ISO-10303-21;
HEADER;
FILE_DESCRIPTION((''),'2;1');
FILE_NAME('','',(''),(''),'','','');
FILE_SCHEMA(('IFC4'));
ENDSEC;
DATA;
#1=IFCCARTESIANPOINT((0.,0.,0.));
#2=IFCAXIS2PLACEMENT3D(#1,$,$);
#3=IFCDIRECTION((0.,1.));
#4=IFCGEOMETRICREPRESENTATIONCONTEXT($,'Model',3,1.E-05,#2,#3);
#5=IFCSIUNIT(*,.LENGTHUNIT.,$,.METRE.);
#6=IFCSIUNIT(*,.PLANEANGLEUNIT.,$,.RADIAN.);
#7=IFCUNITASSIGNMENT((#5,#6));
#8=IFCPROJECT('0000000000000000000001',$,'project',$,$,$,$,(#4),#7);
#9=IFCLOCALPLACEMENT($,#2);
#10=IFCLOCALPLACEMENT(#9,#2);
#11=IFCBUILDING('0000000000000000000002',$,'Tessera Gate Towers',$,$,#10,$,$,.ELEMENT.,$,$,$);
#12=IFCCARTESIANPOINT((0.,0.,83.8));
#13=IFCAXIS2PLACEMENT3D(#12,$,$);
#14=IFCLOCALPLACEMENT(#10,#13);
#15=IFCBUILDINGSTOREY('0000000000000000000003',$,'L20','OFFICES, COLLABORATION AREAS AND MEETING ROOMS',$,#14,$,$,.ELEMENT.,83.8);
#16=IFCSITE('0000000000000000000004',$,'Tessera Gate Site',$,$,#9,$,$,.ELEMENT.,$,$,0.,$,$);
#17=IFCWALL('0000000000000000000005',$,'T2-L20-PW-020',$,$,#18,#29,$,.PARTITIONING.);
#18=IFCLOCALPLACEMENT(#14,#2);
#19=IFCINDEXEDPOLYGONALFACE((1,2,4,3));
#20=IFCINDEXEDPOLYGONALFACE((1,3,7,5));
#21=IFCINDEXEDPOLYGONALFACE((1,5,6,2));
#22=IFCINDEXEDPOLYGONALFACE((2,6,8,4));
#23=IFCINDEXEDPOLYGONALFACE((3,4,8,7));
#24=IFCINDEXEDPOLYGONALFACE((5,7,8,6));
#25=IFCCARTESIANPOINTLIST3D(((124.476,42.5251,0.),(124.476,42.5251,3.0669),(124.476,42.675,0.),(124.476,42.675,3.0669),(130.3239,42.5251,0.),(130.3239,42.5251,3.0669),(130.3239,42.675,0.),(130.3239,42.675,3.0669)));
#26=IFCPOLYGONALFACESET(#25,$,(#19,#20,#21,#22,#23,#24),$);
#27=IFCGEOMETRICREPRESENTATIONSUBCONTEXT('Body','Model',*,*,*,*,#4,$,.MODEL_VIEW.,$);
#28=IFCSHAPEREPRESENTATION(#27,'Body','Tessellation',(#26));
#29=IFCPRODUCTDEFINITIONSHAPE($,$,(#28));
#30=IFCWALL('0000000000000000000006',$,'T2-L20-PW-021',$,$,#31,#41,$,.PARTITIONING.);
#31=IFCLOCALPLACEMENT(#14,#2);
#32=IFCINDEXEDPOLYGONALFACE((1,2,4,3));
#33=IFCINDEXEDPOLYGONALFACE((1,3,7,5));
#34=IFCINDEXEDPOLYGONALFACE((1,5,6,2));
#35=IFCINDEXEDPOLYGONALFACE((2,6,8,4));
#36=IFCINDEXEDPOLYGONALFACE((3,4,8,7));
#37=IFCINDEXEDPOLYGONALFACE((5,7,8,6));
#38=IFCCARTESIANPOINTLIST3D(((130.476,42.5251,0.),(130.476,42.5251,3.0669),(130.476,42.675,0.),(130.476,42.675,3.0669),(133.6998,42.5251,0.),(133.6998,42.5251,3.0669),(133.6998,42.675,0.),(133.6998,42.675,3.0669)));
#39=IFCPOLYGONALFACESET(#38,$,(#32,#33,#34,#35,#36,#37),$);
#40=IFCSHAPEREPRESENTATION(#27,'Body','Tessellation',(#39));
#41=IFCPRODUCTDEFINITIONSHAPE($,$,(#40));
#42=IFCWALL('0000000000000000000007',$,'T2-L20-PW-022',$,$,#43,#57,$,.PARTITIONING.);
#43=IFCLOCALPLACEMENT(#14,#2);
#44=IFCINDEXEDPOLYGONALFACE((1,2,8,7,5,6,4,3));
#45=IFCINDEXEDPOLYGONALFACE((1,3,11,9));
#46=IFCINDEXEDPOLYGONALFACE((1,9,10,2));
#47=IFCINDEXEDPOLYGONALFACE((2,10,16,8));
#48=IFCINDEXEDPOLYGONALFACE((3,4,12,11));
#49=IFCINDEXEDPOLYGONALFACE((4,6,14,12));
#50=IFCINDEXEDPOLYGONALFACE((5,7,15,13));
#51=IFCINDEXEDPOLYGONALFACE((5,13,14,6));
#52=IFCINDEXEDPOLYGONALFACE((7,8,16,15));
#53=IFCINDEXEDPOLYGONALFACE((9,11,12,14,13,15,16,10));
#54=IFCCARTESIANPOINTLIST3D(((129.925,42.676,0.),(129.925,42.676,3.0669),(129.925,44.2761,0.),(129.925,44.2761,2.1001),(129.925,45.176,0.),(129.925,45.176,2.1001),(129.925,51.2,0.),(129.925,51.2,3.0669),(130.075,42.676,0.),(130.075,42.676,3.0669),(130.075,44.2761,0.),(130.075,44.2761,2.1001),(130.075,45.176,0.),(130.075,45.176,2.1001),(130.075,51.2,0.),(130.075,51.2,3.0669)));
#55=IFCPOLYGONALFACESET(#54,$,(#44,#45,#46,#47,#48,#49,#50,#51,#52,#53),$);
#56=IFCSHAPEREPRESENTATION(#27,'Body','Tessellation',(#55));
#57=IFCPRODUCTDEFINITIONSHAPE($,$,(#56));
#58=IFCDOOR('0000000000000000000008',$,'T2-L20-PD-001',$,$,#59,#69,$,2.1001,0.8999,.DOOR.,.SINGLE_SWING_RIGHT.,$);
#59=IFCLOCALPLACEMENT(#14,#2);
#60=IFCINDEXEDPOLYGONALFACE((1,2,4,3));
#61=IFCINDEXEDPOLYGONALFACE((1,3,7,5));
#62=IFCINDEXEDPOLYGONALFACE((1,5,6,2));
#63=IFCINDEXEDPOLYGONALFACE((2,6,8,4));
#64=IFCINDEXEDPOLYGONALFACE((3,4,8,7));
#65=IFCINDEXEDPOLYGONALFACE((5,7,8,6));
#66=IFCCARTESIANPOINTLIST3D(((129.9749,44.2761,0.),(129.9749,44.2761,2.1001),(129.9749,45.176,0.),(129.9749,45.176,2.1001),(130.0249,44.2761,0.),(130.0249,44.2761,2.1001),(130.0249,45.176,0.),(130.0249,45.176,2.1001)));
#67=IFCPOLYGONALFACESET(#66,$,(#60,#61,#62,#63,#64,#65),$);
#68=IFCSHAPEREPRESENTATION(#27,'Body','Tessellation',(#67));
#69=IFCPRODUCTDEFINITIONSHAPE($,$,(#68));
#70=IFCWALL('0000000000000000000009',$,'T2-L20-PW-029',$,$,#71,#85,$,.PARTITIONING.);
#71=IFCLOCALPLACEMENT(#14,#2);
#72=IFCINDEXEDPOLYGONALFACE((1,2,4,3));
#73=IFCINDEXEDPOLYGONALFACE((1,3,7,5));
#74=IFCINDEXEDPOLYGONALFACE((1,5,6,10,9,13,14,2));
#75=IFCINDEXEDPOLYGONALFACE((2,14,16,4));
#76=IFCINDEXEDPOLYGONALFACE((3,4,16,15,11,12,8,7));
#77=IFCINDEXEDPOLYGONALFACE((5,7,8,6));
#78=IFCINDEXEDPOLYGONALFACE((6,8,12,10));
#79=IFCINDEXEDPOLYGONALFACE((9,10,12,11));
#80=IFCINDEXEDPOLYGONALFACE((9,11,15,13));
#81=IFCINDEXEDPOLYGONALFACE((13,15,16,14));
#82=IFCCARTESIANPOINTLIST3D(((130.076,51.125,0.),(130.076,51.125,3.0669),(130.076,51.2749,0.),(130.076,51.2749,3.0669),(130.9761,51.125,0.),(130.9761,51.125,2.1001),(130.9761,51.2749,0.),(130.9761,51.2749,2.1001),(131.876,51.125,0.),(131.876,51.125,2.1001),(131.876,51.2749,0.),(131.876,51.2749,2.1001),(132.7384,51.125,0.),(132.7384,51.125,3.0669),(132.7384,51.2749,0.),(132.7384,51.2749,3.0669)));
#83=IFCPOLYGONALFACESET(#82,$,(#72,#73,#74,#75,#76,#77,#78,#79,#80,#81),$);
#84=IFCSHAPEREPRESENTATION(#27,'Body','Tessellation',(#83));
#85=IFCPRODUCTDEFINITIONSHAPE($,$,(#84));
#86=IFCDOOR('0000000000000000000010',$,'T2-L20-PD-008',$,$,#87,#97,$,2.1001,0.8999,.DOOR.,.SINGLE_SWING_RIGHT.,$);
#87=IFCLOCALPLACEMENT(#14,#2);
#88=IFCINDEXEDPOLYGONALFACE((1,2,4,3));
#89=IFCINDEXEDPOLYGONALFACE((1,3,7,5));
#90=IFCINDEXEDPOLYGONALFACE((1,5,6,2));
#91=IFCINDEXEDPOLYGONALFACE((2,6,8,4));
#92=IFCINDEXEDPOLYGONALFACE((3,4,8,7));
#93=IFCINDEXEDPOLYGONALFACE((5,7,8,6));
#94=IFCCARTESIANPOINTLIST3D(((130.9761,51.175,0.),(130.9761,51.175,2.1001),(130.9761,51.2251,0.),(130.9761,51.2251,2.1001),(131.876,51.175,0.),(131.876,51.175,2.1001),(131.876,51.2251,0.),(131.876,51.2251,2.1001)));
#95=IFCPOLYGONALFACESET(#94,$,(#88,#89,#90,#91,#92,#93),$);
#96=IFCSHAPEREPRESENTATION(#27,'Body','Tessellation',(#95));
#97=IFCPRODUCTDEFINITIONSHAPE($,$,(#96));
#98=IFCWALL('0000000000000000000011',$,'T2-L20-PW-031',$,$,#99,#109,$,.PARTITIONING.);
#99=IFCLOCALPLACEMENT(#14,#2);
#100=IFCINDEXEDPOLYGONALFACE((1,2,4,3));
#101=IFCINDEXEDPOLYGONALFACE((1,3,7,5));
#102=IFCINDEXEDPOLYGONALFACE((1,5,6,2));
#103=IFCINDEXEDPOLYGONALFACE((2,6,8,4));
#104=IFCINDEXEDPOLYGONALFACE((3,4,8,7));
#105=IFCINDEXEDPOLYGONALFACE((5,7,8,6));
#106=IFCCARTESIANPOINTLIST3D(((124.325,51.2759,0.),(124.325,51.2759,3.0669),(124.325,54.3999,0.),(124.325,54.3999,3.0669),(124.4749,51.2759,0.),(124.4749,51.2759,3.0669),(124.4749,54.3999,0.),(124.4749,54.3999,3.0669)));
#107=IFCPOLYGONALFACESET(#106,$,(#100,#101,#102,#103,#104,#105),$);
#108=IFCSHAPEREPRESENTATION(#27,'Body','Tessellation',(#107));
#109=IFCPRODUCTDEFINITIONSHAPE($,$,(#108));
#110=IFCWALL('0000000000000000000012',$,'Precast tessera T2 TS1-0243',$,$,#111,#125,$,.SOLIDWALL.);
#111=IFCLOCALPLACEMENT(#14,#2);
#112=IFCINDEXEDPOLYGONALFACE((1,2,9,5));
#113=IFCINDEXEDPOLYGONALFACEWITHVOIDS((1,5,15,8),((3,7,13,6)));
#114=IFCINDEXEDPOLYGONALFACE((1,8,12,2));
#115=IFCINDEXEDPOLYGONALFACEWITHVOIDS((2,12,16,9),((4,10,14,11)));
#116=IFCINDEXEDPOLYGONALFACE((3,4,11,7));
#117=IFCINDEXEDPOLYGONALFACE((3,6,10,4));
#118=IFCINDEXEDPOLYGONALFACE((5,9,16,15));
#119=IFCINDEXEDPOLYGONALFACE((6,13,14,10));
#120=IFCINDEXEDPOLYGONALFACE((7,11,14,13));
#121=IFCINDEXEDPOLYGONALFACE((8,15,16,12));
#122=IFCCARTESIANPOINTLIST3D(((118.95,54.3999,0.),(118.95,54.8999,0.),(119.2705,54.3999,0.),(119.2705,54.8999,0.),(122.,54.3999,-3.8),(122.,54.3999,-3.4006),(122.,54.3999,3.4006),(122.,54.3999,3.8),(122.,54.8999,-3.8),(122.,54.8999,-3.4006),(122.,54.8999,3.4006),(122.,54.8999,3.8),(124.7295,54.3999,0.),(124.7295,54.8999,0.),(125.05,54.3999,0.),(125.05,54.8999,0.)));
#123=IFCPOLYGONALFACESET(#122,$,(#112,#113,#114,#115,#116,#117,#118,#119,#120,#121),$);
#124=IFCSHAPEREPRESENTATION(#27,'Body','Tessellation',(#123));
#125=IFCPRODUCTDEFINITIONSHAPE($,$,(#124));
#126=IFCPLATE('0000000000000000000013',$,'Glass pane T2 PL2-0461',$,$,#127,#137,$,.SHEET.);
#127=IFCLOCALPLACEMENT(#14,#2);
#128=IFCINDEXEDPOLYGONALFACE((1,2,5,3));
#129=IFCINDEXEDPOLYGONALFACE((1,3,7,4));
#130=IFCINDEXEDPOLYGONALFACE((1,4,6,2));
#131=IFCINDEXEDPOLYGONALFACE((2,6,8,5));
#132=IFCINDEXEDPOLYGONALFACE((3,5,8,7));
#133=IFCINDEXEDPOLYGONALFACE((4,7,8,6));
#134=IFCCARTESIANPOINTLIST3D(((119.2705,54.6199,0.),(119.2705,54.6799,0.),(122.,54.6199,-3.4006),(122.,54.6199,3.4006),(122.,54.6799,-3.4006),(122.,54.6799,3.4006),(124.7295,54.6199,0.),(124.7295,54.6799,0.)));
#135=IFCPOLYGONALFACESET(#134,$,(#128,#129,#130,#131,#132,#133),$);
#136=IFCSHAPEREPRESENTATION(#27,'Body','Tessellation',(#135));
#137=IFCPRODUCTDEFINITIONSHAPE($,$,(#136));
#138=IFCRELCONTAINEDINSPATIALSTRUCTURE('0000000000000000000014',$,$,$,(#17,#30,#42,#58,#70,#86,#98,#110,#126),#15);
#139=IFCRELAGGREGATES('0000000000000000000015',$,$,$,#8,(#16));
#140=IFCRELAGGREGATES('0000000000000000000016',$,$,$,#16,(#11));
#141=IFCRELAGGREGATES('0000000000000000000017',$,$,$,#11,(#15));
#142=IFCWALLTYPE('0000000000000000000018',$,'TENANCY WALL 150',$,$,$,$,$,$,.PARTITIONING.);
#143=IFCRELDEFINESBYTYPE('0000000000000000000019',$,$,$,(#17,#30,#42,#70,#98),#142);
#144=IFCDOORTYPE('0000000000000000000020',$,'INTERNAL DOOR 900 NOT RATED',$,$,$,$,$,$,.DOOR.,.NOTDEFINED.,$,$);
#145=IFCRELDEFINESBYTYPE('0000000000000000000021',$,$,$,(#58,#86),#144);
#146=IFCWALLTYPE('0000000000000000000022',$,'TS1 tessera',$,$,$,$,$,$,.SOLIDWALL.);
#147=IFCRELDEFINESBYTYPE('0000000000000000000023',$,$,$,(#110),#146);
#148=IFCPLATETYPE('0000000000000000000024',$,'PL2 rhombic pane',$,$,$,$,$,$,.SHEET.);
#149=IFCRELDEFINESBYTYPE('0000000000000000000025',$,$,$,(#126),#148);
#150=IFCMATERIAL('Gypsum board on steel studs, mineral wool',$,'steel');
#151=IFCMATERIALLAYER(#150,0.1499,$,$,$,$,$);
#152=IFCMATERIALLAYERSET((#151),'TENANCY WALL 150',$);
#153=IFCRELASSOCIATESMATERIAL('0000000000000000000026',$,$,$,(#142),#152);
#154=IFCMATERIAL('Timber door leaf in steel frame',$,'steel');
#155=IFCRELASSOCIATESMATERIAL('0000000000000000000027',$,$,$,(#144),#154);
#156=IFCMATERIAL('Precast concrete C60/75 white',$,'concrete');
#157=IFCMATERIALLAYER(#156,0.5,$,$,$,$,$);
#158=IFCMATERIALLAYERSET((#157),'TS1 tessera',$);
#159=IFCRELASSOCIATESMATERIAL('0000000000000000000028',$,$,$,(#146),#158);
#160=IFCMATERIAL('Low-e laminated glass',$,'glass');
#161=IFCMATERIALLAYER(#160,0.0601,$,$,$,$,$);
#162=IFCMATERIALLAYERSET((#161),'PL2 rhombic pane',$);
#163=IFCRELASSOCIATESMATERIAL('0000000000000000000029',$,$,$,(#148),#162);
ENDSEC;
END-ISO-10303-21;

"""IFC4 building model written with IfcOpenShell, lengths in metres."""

from ifc_helpers import new_model, si_unit, direction, frame, frame_2d, origin, place, context, subcontext, project, spatial, polyline, rectangle, outline, extrude, source, transform, mapped, material, layer, layer_set, type_object, element, fill, save


model = new_model("IFC4")

# Units and contexts
model_context = context("Model", 3, precision=1e-05, world=origin(), true_north=direction((0.0, 1.0)))
body_context = subcontext(model_context, "Body", "Model", "MODEL_VIEW")
ifc_project = project(units=[si_unit("LENGTHUNIT", "METRE"), si_unit("PLANEANGLEUNIT", "RADIAN")], contexts=[model_context])

# Site, building, storey
site_placement = place(None, origin())
site = spatial("IfcSite", under=ifc_project, at=site_placement, Name="Tessera Gate Site", CompositionType="ELEMENT", RefElevation=0.0)
building_placement = place(site_placement, origin())
building = spatial("IfcBuilding", under=site, at=building_placement, Name="Tessera Gate Towers", CompositionType="ELEMENT")
storey_placement = place(building_placement, frame((0.0, 0.0, 83.8)))
storey = spatial("IfcBuildingStorey", under=building, at=storey_placement, Name="L20", Description="OFFICES, COLLABORATION AREAS AND MEETING ROOMS", CompositionType="ELEMENT", Elevation=83.8)

# Shared definitions
ifc_material_1 = material(Name="Gypsum board on steel studs, mineral wool", Category="steel")
ifc_layer_1 = layer(ifc_material_1, 0.1499)
ifc_layer_set_1 = layer_set([ifc_layer_1], Name="TENANCY WALL 150")
wall_type_1 = type_object("IfcWallType", Name="TENANCY WALL 150", PredefinedType="PARTITIONING", material=ifc_layer_set_1)
shared_shape_1 = source(origin(), body_context, "Body", "SweptSolid", [
    extrude(rectangle(XDim=0.8999, YDim=2.1001, at=frame_2d((0.45, 1.05))), frame((0.0, 0.085, 0.0), z_axis=(0.0, -1.0, 0.0), x_axis=(1.0, 0.0, 0.0)), (0.0, 0.0, 1.0), 0.1699),
])
ifc_material_2 = material(Name="Timber door leaf in steel frame", Category="steel")
door_type_1 = type_object("IfcDoorType", Name="INTERNAL DOOR 900 NOT RATED", OperationType="NOTDEFINED", PredefinedType="DOOR", material=ifc_material_2)
shared_shape_2 = source(origin(), body_context, "Body", "SweptSolid", [
    extrude(rectangle(XDim=0.8999, YDim=2.1001, at=frame_2d((0.45, 1.05))), frame((0.0, 0.0249, 0.0), z_axis=(0.0, -1.0, 0.0), x_axis=(1.0, 0.0, 0.0)), (0.0, 0.0, 1.0), 0.05),
])

# Walls
wall_1_placement = place(storey_placement, frame((124.4761, 42.6001, 0.0), z_axis=(0.0, 0.0, 1.0), x_axis=(1.0, 0.0, 0.0)))
element("IfcWall", 1, at=wall_1_placement, inside=storey, type_object=wall_type_1, Name="T2-L20-PW-020", PredefinedType="PARTITIONING", context=body_context, shape_type="SweptSolid", body=[
    extrude(rectangle(XDim=5.8479, YDim=0.1499, at=frame_2d((2.9238, 0.0))), origin(), (0.0, 0.0, 1.0), 3.0669),
])
wall_2_placement = place(storey_placement, frame((130.4761, 42.6001, 0.0), z_axis=(0.0, 0.0, 1.0), x_axis=(1.0, 0.0, 0.0)))
element("IfcWall", 2, at=wall_2_placement, inside=storey, type_object=wall_type_1, Name="T2-L20-PW-021", PredefinedType="PARTITIONING", context=body_context, shape_type="SweptSolid", body=[
    extrude(rectangle(XDim=3.2239, YDim=0.1499, at=frame_2d((1.6118, 0.0))), origin(), (0.0, 0.0, 1.0), 3.0669),
])

# Walls, openings, doors
wall_3_placement = place(storey_placement, frame((130.0, 51.2, 0.0), z_axis=(0.0, 0.0, 1.0), x_axis=(0.0, -1.0, 0.0)))
wall_3 = element("IfcWall", 3, at=wall_3_placement, inside=storey, type_object=wall_type_1, Name="T2-L20-PW-022", PredefinedType="PARTITIONING", context=body_context, shape_type="SweptSolid", body=[
    extrude(rectangle(XDim=8.5239, YDim=0.1499, at=frame_2d((4.262, 0.0))), origin(), (0.0, 0.0, 1.0), 3.0669),
])
opening_1_placement = place(wall_3_placement, frame((6.0239, 0.0, 0.0)))
opening_1 = element("IfcOpeningElement", 4, at=opening_1_placement, cuts=wall_3, PredefinedType="OPENING", context=body_context, shape_type="MappedRepresentation", body=[
    mapped(shared_shape_1, transform((0.0, 0.0, 0.0), scale=1.0)),
])
door_1_placement = place(opening_1_placement, origin())
door_1 = element("IfcDoor", 5, at=door_1_placement, inside=storey, type_object=door_type_1, Name="T2-L20-PD-001", OperationType="SINGLE_SWING_RIGHT", OverallHeight=2.1001, OverallWidth=0.8999, PredefinedType="DOOR", context=body_context, shape_type="MappedRepresentation", body=[
    mapped(shared_shape_2, transform((0.0, 0.0, 0.0), scale=1.0)),
])
fill(opening_1, door_1)
wall_4_placement = place(storey_placement, frame((132.7383, 51.2, 0.0), z_axis=(0.0, 0.0, 1.0), x_axis=(-1.0, 0.0, 0.0)))
wall_4 = element("IfcWall", 6, at=wall_4_placement, inside=storey, type_object=wall_type_1, Name="T2-L20-PW-029", PredefinedType="PARTITIONING", context=body_context, shape_type="SweptSolid", body=[
    extrude(rectangle(XDim=2.6624, YDim=0.1499, at=frame_2d((1.3311, 0.0))), origin(), (0.0, 0.0, 1.0), 3.0669),
])
opening_2_placement = place(wall_4_placement, frame((0.8623, 0.0, 0.0)))
opening_2 = element("IfcOpeningElement", 7, at=opening_2_placement, cuts=wall_4, PredefinedType="OPENING", context=body_context, shape_type="MappedRepresentation", body=[
    mapped(shared_shape_1, transform((0.0, 0.0, 0.0), scale=1.0)),
])
door_2_placement = place(opening_2_placement, origin())
door_2 = element("IfcDoor", 8, at=door_2_placement, inside=storey, type_object=door_type_1, Name="T2-L20-PD-008", OperationType="SINGLE_SWING_RIGHT", OverallHeight=2.1001, OverallWidth=0.8999, PredefinedType="DOOR", context=body_context, shape_type="MappedRepresentation", body=[
    mapped(shared_shape_2, transform((0.0, 0.0, 0.0), scale=1.0)),
])
fill(opening_2, door_2)

# Wall
wall_5_placement = place(storey_placement, frame((124.3999, 51.2759, 0.0), z_axis=(0.0, 0.0, 1.0), x_axis=(0.0, 1.0, 0.0)))
element("IfcWall", 9, at=wall_5_placement, inside=storey, type_object=wall_type_1, Name="T2-L20-PW-031", PredefinedType="PARTITIONING", context=body_context, shape_type="SweptSolid", body=[
    extrude(rectangle(XDim=3.124, YDim=0.1499, at=frame_2d((1.562, 0.0))), origin(), (0.0, 0.0, 1.0), 3.0669),
])

# Wall, opening, plate
ifc_material_3 = material(Name="Precast concrete C60/75 white", Category="concrete")
ifc_layer_2 = layer(ifc_material_3, 0.5)
ifc_layer_set_2 = layer_set([ifc_layer_2], Name="TS1 tessera")
wall_type_2 = type_object("IfcWallType", Name="TS1 tessera", PredefinedType="SOLIDWALL", material=ifc_layer_set_2)
shared_shape_3 = source(origin(), body_context, "Body", "SweptSolid", [
    extrude(outline(polyline([(3.05, 0.0), (6.1001, 3.8), (3.05, 7.6001), (0.0, 3.8), (3.05, 0.0)])), frame((0.0, 0.25, 0.0), z_axis=(0.0, -1.0, 0.0), x_axis=(1.0, 0.0, 0.0)), (0.0, 0.0, 1.0), 0.5),
])
wall_6_placement = place(storey_placement, frame((125.05, 54.6499, -3.8), z_axis=(0.0, 0.0, 1.0), x_axis=(-1.0, 0.0, 0.0)))
wall_6 = element("IfcWall", 10, at=wall_6_placement, inside=storey, type_object=wall_type_2, Name="Precast tessera T2 TS1-0243", PredefinedType="SOLIDWALL", context=body_context, shape_type="MappedRepresentation", body=[
    mapped(shared_shape_3, transform((0.0, 0.0, 0.0), scale=1.0)),
])
shared_shape_4 = source(origin(), body_context, "Body", "SweptSolid", [
    extrude(outline(polyline([(3.05, 0.3994), (5.7795, 3.8), (3.05, 7.2007), (0.3206, 3.8), (3.05, 0.3994)])), frame((0.0, 0.26, 0.0), z_axis=(0.0, -1.0, 0.0), x_axis=(1.0, 0.0, 0.0)), (0.0, 0.0, 1.0), 0.52),
])
opening_3_placement = place(wall_6_placement, origin())
opening_3 = element("IfcOpeningElement", 11, at=opening_3_placement, cuts=wall_6, PredefinedType="OPENING", context=body_context, shape_type="MappedRepresentation", body=[
    mapped(shared_shape_4, transform((0.0, 0.0, 0.0), scale=1.0)),
])
ifc_material_4 = material(Name="Low-e laminated glass", Category="glass")
ifc_layer_3 = layer(ifc_material_4, 0.0601)
ifc_layer_set_3 = layer_set([ifc_layer_3], Name="PL2 rhombic pane")
plate_type = type_object("IfcPlateType", Name="PL2 rhombic pane", PredefinedType="SHEET", material=ifc_layer_set_3)
shared_shape_5 = source(origin(), body_context, "Body", "SweptSolid", [
    extrude(outline(polyline([(3.05, 0.3994), (5.7795, 3.8), (3.05, 7.2007), (0.3206, 3.8), (3.05, 0.3994)])), frame((0.0, 0.03, 0.0), z_axis=(0.0, -1.0, 0.0), x_axis=(1.0, 0.0, 0.0)), (0.0, 0.0, 1.0), 0.0601),
])
plate_placement = place(opening_3_placement, origin())
plate = element("IfcPlate", 12, at=plate_placement, inside=storey, type_object=plate_type, Name="Glass pane T2 PL2-0461", PredefinedType="SHEET", context=body_context, shape_type="MappedRepresentation", body=[
    mapped(shared_shape_5, transform((0.0, 0.0, 0.0), scale=1.0)),
])
fill(opening_3, plate)

save(model, "model.ifc")
